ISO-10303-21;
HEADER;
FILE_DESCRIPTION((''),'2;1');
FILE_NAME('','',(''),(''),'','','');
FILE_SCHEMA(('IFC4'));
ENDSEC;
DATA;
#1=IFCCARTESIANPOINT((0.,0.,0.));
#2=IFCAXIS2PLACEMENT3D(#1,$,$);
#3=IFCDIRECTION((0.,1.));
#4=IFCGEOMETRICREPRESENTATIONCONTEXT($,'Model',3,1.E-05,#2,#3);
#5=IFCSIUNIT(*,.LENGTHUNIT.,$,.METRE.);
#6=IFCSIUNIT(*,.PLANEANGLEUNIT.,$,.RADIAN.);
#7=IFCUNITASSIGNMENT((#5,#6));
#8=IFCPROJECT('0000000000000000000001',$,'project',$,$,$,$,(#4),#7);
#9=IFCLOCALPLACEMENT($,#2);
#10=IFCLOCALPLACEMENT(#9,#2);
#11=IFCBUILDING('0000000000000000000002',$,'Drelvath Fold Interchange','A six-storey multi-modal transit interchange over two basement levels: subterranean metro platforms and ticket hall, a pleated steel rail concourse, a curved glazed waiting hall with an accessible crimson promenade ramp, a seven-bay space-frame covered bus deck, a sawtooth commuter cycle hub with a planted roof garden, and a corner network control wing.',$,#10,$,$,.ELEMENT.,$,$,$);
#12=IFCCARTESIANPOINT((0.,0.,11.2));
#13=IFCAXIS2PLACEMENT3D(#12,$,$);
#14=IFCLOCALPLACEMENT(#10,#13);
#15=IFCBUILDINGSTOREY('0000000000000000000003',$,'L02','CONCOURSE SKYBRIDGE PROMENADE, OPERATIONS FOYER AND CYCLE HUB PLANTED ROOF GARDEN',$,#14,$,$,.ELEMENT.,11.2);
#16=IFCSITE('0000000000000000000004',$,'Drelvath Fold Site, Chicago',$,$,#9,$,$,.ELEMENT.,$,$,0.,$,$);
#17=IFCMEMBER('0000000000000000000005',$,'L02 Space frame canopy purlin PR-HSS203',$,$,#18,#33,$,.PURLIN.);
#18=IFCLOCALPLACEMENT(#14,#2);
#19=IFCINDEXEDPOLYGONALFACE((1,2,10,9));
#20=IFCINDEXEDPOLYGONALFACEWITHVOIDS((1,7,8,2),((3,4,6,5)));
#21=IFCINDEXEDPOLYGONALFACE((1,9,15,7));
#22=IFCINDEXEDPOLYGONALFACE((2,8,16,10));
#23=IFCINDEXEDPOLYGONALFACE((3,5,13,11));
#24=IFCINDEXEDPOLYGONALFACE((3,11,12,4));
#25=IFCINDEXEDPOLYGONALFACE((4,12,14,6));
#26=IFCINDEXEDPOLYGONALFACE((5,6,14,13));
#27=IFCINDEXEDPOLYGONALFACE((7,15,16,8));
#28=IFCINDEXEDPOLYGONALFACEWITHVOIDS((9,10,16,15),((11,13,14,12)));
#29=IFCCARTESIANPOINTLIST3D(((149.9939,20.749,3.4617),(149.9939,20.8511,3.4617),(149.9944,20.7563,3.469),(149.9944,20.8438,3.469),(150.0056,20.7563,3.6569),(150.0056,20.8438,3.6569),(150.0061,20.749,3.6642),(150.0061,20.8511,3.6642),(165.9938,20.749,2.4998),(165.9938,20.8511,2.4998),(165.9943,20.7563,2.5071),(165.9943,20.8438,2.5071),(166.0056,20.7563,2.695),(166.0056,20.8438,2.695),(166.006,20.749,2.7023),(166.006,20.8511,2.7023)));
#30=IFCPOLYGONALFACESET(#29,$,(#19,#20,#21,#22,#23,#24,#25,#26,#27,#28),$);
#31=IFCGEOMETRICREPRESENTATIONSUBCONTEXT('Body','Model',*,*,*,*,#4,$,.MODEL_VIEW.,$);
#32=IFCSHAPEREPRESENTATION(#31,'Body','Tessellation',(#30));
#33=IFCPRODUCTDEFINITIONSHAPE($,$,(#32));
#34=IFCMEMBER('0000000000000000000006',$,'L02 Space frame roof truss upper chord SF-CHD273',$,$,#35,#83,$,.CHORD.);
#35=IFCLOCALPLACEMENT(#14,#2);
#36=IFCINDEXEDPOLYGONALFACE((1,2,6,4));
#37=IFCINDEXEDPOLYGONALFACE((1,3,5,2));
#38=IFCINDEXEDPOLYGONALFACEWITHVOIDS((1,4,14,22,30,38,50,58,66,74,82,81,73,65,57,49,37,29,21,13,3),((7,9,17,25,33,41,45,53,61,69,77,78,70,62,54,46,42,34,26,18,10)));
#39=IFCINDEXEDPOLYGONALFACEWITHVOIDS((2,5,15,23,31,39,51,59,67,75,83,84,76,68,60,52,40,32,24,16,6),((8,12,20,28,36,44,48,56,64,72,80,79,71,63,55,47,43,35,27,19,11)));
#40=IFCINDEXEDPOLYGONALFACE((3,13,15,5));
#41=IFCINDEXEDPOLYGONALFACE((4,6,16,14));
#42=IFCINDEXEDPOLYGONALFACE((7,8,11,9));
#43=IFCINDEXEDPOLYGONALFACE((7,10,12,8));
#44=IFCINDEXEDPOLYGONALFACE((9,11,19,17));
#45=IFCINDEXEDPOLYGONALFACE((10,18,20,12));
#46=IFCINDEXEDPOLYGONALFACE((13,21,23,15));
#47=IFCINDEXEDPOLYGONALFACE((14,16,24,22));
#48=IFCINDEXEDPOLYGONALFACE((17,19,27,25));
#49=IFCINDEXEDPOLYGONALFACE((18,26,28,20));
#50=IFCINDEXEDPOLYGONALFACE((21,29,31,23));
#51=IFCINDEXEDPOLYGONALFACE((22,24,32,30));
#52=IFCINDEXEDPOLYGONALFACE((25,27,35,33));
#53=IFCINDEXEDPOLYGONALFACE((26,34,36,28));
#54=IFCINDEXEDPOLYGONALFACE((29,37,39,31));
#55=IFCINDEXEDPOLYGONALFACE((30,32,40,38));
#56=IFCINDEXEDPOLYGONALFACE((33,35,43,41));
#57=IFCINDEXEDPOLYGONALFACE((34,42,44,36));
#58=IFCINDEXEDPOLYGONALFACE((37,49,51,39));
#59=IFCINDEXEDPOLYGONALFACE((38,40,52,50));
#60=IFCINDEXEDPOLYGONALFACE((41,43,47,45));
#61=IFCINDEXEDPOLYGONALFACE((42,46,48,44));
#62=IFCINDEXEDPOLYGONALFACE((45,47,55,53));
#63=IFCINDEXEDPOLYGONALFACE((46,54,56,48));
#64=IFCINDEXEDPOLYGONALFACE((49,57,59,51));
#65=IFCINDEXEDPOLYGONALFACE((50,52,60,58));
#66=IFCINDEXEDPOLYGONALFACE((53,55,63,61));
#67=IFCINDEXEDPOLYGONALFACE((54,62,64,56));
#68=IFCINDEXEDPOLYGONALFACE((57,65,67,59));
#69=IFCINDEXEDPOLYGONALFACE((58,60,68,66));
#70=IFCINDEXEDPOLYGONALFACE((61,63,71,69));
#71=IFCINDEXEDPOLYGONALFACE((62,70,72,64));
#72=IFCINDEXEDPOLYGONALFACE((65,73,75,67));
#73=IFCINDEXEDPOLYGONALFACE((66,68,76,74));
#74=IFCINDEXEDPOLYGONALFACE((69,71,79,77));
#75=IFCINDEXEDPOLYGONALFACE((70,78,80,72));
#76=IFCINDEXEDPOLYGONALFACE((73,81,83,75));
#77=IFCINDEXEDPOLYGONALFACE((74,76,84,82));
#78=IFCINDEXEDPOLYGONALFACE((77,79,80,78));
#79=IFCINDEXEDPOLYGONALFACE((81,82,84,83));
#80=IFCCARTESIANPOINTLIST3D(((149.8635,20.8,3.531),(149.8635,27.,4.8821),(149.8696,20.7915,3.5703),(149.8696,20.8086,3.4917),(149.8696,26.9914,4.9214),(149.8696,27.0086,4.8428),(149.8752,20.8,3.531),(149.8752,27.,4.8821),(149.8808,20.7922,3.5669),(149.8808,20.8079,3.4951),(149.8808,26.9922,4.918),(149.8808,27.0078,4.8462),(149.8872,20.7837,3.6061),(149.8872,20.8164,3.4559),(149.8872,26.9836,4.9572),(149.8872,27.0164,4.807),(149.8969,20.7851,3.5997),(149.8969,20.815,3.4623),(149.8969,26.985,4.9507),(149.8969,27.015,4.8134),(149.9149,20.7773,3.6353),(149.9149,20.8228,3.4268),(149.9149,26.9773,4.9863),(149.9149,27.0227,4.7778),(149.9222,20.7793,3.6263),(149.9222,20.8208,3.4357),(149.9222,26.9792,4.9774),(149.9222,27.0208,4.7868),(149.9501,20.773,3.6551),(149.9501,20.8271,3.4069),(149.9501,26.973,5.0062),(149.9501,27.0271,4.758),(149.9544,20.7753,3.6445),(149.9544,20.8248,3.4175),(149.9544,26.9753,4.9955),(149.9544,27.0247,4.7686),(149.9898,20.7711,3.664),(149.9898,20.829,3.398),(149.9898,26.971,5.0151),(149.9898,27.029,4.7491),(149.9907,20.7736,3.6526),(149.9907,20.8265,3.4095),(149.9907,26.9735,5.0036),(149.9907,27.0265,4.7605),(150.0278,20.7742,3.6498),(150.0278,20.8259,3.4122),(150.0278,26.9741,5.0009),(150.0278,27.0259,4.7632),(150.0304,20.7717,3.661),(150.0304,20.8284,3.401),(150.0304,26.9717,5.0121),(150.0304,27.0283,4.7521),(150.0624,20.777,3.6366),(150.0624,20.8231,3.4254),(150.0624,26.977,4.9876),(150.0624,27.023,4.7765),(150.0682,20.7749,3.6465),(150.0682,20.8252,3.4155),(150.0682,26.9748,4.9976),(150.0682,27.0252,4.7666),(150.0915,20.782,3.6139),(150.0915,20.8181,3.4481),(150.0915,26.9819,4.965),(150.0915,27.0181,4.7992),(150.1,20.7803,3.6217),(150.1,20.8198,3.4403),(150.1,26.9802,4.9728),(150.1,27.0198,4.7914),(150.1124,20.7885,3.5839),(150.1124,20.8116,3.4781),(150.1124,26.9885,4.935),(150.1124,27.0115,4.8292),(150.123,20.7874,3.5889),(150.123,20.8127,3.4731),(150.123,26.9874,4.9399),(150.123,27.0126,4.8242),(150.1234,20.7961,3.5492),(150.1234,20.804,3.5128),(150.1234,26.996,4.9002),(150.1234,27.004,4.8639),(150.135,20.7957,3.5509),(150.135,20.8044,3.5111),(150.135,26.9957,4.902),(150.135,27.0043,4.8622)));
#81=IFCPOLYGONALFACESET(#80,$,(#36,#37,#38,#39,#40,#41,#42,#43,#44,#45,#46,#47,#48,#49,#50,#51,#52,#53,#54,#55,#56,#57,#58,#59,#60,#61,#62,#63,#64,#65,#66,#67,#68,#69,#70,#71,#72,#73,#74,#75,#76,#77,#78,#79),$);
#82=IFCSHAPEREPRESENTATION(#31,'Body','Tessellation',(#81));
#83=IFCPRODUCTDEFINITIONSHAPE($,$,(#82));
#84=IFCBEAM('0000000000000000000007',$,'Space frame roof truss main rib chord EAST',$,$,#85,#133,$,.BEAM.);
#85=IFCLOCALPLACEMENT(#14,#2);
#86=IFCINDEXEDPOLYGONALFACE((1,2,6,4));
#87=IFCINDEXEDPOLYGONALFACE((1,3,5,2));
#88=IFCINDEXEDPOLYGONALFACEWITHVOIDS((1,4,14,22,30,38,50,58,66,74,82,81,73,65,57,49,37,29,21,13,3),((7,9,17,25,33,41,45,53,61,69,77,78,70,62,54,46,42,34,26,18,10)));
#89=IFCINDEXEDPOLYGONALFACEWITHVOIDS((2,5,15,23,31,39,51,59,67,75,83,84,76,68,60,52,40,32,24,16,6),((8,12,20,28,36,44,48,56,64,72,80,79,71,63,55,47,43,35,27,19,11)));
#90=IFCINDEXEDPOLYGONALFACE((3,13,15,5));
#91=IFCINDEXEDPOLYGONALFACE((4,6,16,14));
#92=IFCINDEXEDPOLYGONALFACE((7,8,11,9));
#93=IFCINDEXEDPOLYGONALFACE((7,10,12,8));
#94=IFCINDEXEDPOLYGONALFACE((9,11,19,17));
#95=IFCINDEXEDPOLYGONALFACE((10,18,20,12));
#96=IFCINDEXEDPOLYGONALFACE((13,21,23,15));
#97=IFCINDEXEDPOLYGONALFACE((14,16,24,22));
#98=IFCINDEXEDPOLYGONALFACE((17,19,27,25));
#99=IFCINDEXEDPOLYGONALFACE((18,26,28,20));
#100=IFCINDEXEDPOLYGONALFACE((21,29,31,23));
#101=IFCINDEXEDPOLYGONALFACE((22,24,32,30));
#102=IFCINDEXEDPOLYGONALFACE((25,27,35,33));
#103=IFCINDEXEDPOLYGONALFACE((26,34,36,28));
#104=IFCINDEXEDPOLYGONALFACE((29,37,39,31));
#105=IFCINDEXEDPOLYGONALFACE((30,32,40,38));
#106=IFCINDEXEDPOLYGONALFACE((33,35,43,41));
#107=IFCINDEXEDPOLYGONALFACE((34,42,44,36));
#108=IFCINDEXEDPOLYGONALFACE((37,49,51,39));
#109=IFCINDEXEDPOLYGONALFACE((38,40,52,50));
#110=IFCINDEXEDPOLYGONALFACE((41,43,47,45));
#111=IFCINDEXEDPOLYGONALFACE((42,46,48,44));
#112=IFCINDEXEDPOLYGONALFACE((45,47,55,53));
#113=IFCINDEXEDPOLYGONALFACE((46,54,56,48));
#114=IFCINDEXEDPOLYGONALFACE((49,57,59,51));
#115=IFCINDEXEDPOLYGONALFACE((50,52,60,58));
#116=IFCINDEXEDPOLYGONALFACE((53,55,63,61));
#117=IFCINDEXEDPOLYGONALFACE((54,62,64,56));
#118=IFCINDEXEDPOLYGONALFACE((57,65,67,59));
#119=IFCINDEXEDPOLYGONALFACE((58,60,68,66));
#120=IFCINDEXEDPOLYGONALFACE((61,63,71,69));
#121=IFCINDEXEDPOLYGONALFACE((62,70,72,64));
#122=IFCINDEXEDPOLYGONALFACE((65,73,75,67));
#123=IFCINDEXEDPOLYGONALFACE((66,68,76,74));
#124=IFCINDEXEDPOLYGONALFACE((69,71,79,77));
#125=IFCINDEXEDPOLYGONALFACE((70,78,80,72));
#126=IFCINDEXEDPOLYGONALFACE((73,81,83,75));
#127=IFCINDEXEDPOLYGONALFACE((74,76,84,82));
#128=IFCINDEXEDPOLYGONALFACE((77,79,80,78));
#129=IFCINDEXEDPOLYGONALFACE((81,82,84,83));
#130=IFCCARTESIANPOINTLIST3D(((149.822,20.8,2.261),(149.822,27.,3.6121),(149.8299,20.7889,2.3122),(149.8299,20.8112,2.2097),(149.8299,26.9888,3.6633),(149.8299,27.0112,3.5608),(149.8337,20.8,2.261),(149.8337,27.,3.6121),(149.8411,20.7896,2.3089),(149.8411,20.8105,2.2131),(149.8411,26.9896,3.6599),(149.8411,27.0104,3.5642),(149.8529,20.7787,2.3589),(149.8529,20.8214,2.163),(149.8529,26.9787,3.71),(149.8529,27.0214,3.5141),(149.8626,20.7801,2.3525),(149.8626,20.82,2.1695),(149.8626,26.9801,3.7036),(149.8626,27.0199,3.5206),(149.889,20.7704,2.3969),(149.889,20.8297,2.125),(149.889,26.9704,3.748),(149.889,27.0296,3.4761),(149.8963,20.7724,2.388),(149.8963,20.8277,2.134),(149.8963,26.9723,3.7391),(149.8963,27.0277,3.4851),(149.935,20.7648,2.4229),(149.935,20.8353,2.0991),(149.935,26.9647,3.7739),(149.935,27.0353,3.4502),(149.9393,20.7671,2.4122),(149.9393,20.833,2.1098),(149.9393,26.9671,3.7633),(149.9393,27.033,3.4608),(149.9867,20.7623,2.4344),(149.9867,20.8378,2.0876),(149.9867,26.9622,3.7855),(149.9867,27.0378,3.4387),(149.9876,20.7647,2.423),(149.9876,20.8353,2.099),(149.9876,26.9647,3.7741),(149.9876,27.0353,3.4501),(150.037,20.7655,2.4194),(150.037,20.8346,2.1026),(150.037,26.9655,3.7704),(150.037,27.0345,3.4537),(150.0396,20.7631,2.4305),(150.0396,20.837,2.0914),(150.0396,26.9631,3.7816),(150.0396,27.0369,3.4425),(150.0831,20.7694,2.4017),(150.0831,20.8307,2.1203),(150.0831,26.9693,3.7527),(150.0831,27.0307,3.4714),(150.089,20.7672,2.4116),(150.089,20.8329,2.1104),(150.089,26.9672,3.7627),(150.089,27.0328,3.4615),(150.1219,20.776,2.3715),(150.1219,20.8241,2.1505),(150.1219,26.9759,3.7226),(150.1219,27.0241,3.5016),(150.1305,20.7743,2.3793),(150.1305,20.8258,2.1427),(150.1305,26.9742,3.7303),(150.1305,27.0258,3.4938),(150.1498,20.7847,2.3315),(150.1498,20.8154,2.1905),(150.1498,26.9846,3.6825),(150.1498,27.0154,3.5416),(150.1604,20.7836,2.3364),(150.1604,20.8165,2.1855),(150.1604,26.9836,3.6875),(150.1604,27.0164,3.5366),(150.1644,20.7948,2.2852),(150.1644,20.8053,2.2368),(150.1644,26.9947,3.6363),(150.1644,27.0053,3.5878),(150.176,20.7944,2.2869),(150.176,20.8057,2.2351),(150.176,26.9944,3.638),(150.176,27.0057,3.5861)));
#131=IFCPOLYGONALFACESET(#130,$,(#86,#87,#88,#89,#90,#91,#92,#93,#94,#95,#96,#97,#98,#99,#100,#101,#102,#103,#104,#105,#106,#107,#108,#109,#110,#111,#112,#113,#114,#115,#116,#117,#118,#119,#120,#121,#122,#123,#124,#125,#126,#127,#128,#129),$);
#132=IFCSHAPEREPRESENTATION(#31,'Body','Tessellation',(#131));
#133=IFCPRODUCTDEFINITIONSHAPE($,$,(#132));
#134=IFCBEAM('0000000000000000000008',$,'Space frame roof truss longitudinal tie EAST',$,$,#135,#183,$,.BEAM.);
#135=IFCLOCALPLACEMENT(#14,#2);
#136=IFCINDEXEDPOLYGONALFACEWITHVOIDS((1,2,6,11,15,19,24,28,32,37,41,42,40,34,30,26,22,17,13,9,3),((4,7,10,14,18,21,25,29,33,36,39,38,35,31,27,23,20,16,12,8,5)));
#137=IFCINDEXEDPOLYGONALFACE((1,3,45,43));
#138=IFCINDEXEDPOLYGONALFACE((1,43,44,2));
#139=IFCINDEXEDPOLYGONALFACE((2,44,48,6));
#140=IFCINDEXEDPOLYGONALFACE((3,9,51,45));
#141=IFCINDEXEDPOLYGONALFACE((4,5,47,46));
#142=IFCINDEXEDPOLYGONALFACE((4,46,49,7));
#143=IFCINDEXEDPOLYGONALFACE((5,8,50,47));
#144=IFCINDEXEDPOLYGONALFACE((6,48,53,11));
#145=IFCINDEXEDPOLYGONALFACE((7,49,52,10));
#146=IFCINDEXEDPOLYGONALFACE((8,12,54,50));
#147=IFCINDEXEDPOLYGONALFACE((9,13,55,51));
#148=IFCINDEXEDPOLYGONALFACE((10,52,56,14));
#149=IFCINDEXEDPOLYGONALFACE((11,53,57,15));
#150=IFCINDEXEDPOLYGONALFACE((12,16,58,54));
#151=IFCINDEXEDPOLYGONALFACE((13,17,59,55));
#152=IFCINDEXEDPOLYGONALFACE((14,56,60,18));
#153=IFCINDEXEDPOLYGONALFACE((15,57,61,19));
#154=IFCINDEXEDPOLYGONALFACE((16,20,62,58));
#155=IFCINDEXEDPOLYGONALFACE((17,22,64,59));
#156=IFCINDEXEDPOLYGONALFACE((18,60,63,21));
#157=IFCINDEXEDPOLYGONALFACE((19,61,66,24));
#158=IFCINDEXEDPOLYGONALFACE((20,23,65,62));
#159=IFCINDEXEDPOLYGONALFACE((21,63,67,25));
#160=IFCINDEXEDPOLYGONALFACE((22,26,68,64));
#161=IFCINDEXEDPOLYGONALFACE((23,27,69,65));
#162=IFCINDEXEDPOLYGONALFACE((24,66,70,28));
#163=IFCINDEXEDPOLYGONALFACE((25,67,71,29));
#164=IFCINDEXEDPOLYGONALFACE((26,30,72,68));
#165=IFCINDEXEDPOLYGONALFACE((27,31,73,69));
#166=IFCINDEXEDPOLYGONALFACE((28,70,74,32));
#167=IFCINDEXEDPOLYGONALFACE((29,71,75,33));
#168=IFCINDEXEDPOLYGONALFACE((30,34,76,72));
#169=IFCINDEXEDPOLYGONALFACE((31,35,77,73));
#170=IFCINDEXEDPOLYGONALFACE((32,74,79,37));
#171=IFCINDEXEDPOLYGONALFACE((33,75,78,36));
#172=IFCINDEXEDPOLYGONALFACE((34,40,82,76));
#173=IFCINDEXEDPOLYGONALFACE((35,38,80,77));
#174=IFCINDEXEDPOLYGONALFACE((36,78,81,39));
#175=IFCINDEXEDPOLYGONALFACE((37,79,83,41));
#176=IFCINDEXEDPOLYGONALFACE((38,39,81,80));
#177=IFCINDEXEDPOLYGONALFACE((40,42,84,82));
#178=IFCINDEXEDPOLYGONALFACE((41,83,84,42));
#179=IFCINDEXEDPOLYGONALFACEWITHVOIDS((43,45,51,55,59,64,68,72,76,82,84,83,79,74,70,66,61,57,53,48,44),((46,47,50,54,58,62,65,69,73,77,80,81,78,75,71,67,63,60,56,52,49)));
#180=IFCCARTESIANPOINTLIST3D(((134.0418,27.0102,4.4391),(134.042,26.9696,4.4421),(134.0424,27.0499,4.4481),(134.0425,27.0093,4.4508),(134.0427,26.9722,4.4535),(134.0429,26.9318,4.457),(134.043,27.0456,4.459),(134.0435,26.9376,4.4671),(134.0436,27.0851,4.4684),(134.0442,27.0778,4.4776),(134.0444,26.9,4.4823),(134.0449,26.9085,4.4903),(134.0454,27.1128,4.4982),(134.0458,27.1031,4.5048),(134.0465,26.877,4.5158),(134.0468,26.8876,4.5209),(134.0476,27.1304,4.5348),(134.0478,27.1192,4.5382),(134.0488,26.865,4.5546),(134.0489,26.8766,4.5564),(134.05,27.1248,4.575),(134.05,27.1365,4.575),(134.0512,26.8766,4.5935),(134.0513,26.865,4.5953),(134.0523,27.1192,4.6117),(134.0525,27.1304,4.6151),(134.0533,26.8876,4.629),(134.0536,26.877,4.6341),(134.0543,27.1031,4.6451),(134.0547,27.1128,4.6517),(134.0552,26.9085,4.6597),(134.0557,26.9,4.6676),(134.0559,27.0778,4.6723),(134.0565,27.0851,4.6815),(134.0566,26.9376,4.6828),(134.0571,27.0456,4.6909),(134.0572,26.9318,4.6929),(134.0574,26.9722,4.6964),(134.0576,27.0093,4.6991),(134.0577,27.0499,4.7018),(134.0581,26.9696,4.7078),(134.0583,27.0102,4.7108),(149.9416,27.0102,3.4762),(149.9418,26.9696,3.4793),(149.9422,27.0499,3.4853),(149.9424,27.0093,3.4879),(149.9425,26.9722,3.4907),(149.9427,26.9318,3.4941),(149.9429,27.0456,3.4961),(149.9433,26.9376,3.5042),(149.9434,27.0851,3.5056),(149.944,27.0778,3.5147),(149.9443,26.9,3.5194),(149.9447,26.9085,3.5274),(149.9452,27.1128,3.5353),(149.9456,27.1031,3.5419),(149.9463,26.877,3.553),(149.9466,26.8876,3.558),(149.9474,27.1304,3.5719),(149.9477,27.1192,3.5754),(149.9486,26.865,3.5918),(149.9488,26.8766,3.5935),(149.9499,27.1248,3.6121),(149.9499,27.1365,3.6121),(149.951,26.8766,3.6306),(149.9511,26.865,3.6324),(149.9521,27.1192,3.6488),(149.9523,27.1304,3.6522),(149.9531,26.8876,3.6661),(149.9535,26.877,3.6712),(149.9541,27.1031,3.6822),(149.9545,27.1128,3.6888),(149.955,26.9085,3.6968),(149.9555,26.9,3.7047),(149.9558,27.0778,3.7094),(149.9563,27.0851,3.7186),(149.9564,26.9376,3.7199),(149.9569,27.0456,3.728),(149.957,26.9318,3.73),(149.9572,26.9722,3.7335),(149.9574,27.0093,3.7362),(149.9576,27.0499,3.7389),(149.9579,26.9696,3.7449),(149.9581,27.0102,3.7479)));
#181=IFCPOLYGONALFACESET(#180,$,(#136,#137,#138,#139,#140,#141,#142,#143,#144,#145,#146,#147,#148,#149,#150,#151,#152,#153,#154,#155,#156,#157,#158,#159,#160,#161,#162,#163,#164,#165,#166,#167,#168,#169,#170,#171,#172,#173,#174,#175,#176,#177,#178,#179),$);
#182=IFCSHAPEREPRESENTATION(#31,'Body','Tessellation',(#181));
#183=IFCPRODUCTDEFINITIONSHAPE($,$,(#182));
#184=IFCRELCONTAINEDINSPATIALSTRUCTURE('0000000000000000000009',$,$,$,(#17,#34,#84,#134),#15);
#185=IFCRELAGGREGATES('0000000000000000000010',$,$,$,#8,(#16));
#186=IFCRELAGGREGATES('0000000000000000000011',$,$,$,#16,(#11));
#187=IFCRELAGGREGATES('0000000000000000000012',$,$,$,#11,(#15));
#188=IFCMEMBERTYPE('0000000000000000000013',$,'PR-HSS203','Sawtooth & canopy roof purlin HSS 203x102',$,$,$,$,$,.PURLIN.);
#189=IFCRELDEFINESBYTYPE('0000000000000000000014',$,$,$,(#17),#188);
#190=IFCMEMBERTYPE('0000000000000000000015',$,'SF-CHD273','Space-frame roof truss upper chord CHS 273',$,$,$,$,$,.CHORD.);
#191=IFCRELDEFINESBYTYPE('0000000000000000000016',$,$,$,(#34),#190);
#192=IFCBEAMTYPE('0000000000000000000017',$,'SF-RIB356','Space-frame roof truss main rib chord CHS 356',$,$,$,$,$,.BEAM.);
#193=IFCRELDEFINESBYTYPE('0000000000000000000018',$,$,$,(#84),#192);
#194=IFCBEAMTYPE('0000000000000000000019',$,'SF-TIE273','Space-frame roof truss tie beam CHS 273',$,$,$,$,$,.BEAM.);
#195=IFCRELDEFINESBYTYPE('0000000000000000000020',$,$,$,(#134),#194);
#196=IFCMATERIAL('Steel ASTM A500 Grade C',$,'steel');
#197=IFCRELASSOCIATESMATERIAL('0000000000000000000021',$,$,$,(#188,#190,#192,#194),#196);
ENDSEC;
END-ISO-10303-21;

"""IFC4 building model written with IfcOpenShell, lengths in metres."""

from ifc_helpers import new_model, si_unit, direction, frame, origin, origin_2d, place, context, subcontext, project, spatial, hollow_rectangle, hollow_circle, extrude, material, material_profile, profile_set, type_object, element, save


model = new_model("IFC4")

# Units and contexts
model_context = context("Model", 3, precision=1e-05, world=origin(), true_north=direction((0.0, 1.0)))
body_context = subcontext(model_context, "Body", "Model", "MODEL_VIEW")
ifc_project = project(units=[si_unit("LENGTHUNIT", "METRE"), si_unit("PLANEANGLEUNIT", "RADIAN")], contexts=[model_context])

# Site, building, storey
site_placement = place(None, origin())
site = spatial("IfcSite", under=ifc_project, at=site_placement, Name="Drelvath Fold Site, Chicago", CompositionType="ELEMENT", RefElevation=0.0)
building_placement = place(site_placement, origin())
building = spatial("IfcBuilding", under=site, at=building_placement, Name="Drelvath Fold Interchange", Description="A six-storey multi-modal transit interchange over two basement levels: subterranean metro platforms and ticket hall, a pleated steel rail concourse, a curved glazed waiting hall with an accessible crimson promenade ramp, a seven-bay space-frame covered bus deck, a sawtooth commuter cycle hub with a planted roof garden, and a corner network control wing.", CompositionType="ELEMENT")
storey_placement = place(building_placement, frame((0.0, 0.0, 11.2)))
storey = spatial("IfcBuildingStorey", under=building, at=storey_placement, Name="L02", Description="CONCOURSE SKYBRIDGE PROMENADE, OPERATIONS FOYER AND CYCLE HUB PLANTED ROOF GARDEN", CompositionType="ELEMENT", Elevation=11.2)

# Members
ifc_material_1 = material(Name="Steel ASTM A500 Grade C", Category="steel")
ifc_material_profile_1 = material_profile(ifc_material_1, hollow_rectangle(XDim=0.1021, YDim=0.2029, WallThickness=0.0073, at=origin_2d()), Name="HSS8X4X5/16")
ifc_profile_set_1 = profile_set([ifc_material_profile_1], Name="Steel ASTM A500 Grade C")
member_type_1 = type_object("IfcMemberType", Name="PR-HSS203", Description="Sawtooth & canopy roof purlin HSS 203x102", PredefinedType="PURLIN", material=ifc_profile_set_1)
member_1_placement = place(storey_placement, frame((150.0, 20.8, 3.563), z_axis=(0.998198, 0.0, -0.060011), x_axis=(0.0, 1.0, 0.0)))
element("IfcMember", 1, at=member_1_placement, inside=storey, type_object=member_type_1, Name="L02 Space frame canopy purlin PR-HSS203", PredefinedType="PURLIN", context=body_context, shape_type="SweptSolid", body=[
    extrude(hollow_rectangle(XDim=0.1021, YDim=0.2029, WallThickness=0.0073, at=origin_2d()), origin(), (0.0, 0.0, 1.0), 16.0288),
])
ifc_material_profile_2 = material_profile(ifc_material_1, hollow_circle(Radius=0.1365, WallThickness=0.0117, at=origin_2d()), Name="HSS10.750X0.500")
ifc_profile_set_2 = profile_set([ifc_material_profile_2], Name="Steel ASTM A500 Grade C")
member_type_2 = type_object("IfcMemberType", Name="SF-CHD273", Description="Space-frame roof truss upper chord CHS 273", PredefinedType="CHORD", material=ifc_profile_set_2)
member_2_placement = place(storey_placement, frame((150.0, 20.8, 3.531), z_axis=(0.0, 0.97707, 0.21292), x_axis=(-1.0, 0.0, 0.0)))
element("IfcMember", 2, at=member_2_placement, inside=storey, type_object=member_type_2, Name="L02 Space frame roof truss upper chord SF-CHD273", PredefinedType="CHORD", context=body_context, shape_type="SweptSolid", body=[
    extrude(hollow_circle(Radius=0.1365, WallThickness=0.0117, at=origin_2d()), origin(), (0.0, 0.0, 1.0), 6.3455),
])

# Beams
ifc_material_profile_3 = material_profile(ifc_material_1, hollow_circle(Radius=0.178, WallThickness=0.0117, at=origin_2d()), Name="HSS14.000X0.500")
ifc_profile_set_3 = profile_set([ifc_material_profile_3], Name="Steel ASTM A500 Grade C")
beam_type_1 = type_object("IfcBeamType", Name="SF-RIB356", Description="Space-frame roof truss main rib chord CHS 356", PredefinedType="BEAM", material=ifc_profile_set_3)
beam_1_placement = place(storey_placement, frame((150.0, 20.8, 2.261), z_axis=(0.0, 0.97707, 0.21292), x_axis=(-1.0, 0.0, 0.0)))
element("IfcBeam", 3, at=beam_1_placement, inside=storey, type_object=beam_type_1, Name="Space frame roof truss main rib chord EAST", PredefinedType="BEAM", context=body_context, shape_type="SweptSolid", body=[
    extrude(hollow_circle(Radius=0.178, WallThickness=0.0117, at=origin_2d()), origin(), (0.0, 0.0, 1.0), 6.3455),
])
ifc_material_profile_4 = material_profile(ifc_material_1, hollow_circle(Radius=0.1365, WallThickness=0.0117, at=origin_2d()), Name="HSS10.750X0.500")
ifc_profile_set_4 = profile_set([ifc_material_profile_4], Name="Steel ASTM A500 Grade C")
beam_type_2 = type_object("IfcBeamType", Name="SF-TIE273", Description="Space-frame roof truss tie beam CHS 273", PredefinedType="BEAM", material=ifc_profile_set_4)
beam_2_placement = place(storey_placement, frame((134.05, 27.0, 4.575), z_axis=(0.998171, 0.0, -0.060449), x_axis=(0.0, 1.0, 0.0)))
element("IfcBeam", 4, at=beam_2_placement, inside=storey, type_object=beam_type_2, Name="Space frame roof truss longitudinal tie EAST", PredefinedType="BEAM", context=body_context, shape_type="SweptSolid", body=[
    extrude(hollow_circle(Radius=0.1365, WallThickness=0.0117, at=origin_2d()), origin(), (0.0, 0.0, 1.0), 15.929),
])

save(model, "model.ifc")
